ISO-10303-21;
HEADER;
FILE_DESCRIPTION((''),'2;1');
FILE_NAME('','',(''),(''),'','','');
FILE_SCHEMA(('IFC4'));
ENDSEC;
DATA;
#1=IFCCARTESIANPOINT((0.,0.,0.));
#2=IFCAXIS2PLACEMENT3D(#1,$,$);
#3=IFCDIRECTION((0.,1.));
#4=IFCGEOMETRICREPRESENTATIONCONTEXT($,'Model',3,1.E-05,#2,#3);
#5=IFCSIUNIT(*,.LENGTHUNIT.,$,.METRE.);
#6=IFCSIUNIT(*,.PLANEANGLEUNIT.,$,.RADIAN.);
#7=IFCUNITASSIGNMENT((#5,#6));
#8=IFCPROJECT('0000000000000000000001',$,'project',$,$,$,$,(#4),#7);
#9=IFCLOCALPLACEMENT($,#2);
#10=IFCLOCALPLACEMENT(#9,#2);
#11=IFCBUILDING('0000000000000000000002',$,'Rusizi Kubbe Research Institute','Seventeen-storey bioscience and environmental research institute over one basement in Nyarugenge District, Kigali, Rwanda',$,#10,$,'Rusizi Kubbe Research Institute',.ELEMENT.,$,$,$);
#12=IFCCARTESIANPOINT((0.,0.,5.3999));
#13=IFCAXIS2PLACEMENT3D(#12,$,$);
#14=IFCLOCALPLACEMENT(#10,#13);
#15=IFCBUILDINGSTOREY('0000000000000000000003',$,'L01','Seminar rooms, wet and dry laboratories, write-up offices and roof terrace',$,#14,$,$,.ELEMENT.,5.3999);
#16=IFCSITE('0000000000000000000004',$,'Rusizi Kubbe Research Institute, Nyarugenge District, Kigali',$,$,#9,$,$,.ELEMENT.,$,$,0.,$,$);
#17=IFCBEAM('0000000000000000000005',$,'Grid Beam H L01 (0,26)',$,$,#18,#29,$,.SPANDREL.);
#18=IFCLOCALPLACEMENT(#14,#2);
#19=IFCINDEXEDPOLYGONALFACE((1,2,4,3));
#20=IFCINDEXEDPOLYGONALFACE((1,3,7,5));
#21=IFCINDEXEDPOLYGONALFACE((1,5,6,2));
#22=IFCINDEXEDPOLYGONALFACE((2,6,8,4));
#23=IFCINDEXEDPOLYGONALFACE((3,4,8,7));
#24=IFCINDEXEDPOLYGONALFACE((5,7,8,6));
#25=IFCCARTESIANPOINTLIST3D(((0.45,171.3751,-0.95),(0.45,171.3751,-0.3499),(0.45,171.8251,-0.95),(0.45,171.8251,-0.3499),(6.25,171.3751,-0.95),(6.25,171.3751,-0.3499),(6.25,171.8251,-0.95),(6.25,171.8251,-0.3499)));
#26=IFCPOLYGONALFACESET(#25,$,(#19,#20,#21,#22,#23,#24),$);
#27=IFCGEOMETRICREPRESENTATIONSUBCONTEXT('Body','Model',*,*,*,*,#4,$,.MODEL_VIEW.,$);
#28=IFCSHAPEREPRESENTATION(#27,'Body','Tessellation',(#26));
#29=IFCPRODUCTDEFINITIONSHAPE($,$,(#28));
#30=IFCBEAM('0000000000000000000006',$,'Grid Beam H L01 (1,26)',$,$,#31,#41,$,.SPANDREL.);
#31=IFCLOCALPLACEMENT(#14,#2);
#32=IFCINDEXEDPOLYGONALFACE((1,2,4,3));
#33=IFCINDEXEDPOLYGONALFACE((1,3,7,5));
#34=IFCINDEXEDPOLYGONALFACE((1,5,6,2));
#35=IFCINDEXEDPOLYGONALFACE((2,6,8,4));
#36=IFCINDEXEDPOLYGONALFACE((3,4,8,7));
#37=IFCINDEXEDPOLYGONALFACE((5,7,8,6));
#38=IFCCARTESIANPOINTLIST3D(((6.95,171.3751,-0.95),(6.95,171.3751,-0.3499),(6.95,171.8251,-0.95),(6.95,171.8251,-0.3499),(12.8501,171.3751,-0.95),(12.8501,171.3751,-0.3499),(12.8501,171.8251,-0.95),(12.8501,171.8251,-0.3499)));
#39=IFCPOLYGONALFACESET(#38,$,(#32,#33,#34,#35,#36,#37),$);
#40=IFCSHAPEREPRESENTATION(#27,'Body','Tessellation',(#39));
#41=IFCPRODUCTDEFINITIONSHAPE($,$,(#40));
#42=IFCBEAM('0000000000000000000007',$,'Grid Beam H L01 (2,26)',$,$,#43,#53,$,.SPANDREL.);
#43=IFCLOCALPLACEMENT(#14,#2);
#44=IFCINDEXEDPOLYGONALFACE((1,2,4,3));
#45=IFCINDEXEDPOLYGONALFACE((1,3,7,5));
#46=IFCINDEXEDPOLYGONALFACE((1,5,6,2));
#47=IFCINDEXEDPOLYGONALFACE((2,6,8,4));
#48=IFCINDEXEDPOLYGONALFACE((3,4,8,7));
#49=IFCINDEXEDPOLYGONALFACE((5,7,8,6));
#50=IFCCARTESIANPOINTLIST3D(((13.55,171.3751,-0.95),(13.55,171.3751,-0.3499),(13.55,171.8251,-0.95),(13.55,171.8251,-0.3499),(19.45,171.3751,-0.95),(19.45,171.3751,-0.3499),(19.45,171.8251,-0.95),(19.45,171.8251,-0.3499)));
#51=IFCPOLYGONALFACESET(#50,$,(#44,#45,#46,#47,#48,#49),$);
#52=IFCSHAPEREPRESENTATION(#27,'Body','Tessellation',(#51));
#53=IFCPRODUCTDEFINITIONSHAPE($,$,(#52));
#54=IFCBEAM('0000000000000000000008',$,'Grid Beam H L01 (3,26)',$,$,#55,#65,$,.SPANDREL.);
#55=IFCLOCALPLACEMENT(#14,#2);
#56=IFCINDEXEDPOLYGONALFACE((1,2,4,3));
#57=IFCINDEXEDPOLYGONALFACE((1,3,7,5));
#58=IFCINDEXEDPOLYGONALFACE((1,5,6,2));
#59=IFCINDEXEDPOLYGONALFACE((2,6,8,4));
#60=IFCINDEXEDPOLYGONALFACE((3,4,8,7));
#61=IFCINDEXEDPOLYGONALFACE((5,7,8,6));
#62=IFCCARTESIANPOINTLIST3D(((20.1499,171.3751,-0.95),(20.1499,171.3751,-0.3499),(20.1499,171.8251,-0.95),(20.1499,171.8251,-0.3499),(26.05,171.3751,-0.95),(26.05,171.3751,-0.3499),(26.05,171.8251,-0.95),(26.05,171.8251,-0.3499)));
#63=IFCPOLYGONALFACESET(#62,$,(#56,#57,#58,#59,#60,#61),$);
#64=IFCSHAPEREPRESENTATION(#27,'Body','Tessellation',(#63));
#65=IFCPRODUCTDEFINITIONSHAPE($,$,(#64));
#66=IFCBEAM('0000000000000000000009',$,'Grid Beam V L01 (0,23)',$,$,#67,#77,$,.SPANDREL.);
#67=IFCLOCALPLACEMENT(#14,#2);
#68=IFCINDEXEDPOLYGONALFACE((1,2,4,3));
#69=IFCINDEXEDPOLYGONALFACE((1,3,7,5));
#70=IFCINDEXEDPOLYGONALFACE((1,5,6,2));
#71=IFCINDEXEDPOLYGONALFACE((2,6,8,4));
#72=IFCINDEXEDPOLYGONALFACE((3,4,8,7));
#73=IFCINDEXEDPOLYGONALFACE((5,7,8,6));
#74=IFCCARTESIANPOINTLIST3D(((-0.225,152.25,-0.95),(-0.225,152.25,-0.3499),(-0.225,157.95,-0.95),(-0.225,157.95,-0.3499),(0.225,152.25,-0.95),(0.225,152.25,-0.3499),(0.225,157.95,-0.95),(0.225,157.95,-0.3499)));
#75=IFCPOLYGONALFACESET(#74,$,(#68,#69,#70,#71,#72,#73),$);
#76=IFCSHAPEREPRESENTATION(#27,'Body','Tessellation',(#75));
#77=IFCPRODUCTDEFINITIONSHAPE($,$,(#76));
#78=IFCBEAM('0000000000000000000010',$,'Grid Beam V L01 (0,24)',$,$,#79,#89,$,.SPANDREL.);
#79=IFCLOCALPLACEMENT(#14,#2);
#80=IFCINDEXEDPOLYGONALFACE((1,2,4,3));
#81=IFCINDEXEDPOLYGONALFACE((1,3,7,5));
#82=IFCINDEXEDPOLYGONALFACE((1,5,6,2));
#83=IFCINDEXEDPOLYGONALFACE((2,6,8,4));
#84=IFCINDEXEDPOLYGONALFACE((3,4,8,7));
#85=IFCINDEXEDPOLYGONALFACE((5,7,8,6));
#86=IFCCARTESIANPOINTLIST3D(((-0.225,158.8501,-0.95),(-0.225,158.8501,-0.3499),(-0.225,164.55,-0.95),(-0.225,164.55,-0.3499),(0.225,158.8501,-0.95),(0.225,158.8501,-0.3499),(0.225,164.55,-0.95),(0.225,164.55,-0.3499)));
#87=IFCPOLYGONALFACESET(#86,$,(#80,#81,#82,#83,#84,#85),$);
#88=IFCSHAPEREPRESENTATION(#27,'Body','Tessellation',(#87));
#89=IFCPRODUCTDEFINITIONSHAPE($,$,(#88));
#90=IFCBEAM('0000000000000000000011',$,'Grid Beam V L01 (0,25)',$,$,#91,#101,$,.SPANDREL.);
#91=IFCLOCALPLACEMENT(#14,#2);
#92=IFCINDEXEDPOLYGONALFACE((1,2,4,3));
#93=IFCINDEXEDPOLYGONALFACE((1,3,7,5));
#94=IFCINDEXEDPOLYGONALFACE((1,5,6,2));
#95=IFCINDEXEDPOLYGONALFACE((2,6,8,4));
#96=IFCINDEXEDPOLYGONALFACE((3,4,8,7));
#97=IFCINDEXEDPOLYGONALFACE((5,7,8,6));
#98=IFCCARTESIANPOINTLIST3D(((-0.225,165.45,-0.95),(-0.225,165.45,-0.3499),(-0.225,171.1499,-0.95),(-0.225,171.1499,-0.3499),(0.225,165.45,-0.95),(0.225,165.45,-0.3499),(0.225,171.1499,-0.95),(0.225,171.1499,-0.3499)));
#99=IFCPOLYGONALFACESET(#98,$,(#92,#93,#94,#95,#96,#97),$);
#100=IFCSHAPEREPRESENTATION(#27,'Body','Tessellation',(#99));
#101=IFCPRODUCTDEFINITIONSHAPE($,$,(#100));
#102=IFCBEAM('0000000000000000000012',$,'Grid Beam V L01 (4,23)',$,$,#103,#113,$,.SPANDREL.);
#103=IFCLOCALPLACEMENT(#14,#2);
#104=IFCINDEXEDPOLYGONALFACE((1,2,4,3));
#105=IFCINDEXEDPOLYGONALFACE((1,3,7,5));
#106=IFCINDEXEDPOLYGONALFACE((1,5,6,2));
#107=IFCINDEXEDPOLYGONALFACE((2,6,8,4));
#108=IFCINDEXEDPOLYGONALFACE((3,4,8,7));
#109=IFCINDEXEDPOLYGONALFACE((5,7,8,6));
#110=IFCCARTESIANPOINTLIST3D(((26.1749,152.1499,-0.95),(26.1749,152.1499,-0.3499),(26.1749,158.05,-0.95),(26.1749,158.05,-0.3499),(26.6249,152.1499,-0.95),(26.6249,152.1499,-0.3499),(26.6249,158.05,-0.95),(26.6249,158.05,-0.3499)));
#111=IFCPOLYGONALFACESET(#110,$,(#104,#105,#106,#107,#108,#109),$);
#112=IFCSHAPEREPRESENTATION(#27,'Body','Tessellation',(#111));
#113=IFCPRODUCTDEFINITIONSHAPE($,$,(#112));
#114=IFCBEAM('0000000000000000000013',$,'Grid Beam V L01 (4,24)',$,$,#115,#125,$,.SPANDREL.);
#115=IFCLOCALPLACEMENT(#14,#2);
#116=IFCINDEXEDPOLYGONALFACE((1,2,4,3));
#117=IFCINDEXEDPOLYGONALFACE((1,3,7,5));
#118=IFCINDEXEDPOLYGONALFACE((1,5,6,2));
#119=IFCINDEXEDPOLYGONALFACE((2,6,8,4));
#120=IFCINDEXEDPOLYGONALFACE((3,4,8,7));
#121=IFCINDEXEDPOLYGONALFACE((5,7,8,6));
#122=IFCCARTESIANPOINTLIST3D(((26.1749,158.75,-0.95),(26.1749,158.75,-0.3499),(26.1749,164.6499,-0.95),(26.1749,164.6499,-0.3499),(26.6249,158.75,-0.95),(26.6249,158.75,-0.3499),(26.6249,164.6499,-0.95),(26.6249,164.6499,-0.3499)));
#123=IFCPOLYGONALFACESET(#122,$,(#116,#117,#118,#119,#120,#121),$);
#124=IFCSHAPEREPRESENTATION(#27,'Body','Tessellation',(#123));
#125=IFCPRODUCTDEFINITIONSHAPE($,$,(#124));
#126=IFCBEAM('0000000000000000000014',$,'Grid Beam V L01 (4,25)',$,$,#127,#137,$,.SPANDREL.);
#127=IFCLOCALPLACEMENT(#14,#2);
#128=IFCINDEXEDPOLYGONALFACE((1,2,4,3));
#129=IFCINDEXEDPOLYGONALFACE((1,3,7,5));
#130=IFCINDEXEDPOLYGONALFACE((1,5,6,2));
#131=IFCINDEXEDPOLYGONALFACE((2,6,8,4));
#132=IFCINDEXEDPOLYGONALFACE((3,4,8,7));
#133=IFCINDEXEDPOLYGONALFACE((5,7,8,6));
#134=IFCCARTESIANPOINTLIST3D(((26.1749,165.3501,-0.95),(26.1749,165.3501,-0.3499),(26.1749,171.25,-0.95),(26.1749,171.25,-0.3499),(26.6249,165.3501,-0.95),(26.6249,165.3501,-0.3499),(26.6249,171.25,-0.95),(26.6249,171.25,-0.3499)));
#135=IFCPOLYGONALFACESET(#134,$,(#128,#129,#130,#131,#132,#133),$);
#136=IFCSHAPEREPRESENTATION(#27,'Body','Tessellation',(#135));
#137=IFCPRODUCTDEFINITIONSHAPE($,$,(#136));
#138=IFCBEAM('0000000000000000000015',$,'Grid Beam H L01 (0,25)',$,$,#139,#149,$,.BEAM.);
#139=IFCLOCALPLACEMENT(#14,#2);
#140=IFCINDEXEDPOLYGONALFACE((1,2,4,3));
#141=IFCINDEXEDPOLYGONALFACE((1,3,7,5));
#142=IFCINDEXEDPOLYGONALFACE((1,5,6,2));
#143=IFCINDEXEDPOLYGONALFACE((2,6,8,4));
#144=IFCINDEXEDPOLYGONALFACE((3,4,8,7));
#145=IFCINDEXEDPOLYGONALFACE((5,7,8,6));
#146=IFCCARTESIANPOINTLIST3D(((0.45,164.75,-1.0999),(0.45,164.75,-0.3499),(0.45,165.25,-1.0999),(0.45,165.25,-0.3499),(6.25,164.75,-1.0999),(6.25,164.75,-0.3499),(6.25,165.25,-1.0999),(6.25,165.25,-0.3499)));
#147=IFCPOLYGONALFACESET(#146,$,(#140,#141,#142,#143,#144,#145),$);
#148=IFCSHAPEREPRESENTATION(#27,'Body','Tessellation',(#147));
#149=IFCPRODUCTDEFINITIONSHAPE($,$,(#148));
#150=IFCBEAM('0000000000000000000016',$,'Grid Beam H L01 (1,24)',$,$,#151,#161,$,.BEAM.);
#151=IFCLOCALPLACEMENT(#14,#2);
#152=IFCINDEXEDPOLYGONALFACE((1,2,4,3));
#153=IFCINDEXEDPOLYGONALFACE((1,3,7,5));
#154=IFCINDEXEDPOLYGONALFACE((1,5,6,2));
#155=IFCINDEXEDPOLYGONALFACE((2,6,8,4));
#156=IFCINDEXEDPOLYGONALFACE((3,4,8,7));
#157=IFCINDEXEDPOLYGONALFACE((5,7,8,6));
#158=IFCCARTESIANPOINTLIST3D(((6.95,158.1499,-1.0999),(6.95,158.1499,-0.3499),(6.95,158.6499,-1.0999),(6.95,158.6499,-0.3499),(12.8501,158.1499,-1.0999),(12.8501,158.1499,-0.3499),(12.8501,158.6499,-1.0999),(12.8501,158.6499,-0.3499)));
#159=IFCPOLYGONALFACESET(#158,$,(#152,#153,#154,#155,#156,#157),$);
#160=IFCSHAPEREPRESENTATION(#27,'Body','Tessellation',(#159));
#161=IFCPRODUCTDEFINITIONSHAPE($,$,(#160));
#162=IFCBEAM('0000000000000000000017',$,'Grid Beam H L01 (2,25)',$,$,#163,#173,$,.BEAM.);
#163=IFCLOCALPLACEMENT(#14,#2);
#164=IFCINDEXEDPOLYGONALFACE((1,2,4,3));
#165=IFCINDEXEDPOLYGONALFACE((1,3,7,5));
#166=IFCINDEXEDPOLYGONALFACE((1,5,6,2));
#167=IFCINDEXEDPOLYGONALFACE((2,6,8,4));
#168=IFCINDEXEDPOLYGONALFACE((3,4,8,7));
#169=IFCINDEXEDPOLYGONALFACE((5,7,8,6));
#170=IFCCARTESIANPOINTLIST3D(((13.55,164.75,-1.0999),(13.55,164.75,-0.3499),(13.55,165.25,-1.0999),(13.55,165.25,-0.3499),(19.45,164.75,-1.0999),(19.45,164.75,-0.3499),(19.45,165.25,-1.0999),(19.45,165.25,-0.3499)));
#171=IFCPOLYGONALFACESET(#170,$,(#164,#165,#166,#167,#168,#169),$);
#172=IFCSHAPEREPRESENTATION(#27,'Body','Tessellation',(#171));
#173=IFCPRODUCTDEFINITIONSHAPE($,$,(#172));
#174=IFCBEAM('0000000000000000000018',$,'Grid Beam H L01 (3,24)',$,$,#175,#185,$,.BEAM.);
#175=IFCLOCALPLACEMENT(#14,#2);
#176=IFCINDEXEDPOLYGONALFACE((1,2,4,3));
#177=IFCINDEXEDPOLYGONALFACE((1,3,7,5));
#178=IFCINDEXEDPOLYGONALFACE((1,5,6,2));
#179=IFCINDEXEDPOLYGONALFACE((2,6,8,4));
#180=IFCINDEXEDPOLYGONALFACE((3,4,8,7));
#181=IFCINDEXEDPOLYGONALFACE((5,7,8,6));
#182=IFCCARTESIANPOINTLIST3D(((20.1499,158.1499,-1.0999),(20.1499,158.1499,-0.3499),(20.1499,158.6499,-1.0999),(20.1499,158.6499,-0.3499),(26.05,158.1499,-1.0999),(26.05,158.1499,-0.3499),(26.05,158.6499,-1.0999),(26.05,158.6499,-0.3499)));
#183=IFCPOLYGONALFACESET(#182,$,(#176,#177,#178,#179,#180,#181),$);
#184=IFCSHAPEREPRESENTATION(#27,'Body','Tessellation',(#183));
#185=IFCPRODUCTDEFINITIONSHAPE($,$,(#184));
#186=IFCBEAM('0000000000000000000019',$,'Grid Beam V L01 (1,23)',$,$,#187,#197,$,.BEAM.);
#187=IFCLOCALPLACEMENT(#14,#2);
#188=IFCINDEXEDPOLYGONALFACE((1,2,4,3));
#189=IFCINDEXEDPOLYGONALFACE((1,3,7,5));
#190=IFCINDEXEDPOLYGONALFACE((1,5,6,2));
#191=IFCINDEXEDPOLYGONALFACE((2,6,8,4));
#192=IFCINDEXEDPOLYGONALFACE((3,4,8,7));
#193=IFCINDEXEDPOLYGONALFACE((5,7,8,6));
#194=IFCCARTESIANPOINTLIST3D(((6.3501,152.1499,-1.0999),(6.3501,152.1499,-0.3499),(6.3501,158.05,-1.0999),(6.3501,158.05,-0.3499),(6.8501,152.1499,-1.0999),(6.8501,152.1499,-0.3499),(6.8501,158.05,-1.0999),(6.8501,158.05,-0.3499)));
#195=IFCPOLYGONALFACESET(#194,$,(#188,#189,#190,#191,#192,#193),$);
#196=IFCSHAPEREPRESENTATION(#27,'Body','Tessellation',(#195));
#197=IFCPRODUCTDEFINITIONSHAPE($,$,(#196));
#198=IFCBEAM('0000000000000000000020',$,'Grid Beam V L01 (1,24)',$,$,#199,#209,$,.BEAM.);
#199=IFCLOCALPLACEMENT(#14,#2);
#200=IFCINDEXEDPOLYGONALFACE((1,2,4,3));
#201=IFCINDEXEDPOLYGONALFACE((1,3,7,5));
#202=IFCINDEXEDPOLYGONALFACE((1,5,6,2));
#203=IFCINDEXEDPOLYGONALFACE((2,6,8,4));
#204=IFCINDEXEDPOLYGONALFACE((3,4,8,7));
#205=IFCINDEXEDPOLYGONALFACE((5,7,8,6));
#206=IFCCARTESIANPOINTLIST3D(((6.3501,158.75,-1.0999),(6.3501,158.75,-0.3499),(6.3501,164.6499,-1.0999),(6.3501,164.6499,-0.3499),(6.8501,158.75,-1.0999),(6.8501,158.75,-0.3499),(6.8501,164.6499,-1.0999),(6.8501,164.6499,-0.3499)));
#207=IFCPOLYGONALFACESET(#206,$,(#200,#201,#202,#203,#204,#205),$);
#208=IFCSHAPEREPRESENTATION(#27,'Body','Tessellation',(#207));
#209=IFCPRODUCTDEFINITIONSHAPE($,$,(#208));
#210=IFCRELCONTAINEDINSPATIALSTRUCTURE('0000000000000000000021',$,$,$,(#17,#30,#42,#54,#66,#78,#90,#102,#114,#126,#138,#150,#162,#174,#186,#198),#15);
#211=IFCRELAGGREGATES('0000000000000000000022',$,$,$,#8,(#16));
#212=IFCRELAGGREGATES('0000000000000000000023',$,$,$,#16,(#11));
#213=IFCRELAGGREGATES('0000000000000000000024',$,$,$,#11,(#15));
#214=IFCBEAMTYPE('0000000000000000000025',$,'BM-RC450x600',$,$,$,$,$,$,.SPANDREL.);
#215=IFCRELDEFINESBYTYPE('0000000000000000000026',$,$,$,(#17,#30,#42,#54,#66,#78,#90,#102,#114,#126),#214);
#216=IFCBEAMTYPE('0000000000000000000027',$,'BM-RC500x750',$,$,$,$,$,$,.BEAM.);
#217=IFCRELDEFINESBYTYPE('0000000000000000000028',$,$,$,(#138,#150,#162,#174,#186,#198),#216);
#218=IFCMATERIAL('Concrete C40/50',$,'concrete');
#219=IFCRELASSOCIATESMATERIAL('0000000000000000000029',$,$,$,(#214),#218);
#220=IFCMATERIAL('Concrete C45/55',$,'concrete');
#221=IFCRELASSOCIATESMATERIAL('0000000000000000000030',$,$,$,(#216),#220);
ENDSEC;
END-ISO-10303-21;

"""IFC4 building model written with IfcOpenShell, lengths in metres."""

from ifc_helpers import new_model, si_unit, direction, frame, origin, origin_2d, place, context, subcontext, project, spatial, rectangle, extrude, material, material_profile, profile_set, type_object, element, save


model = new_model("IFC4")

# Units and contexts
model_context = context("Model", 3, precision=1e-05, world=origin(), true_north=direction((0.0, 1.0)))
body_context = subcontext(model_context, "Body", "Model", "MODEL_VIEW")
ifc_project = project(units=[si_unit("LENGTHUNIT", "METRE"), si_unit("PLANEANGLEUNIT", "RADIAN")], contexts=[model_context])

# Site, building, storey
site_placement = place(None, origin())
site = spatial("IfcSite", under=ifc_project, at=site_placement, Name="Rusizi Kubbe Research Institute, Nyarugenge District, Kigali", CompositionType="ELEMENT", RefElevation=0.0)
building_placement = place(site_placement, origin())
building = spatial("IfcBuilding", under=site, at=building_placement, Name="Rusizi Kubbe Research Institute", Description="Seventeen-storey bioscience and environmental research institute over one basement in Nyarugenge District, Kigali, Rwanda", LongName="Rusizi Kubbe Research Institute", CompositionType="ELEMENT")
storey_placement = place(building_placement, frame((0.0, 0.0, 5.3999)))
storey = spatial("IfcBuildingStorey", under=building, at=storey_placement, Name="L01", Description="Seminar rooms, wet and dry laboratories, write-up offices and roof terrace", CompositionType="ELEMENT", Elevation=5.3999)

# Beams
ifc_material_1 = material(Name="Concrete C40/50", Category="concrete")
ifc_material_profile_1 = material_profile(ifc_material_1, rectangle(XDim=0.45, YDim=0.6001, at=origin_2d()), Name="RC450x600")
ifc_profile_set_1 = profile_set([ifc_material_profile_1], Name="Concrete C40/50")
beam_type_1 = type_object("IfcBeamType", Name="BM-RC450x600", PredefinedType="SPANDREL", material=ifc_profile_set_1)
beam_1_placement = place(storey_placement, frame((0.45, 171.6001, -0.6499), z_axis=(1.0, 0.0, 0.0), x_axis=(0.0, 1.0, 0.0)))
element("IfcBeam", 1, at=beam_1_placement, inside=storey, type_object=beam_type_1, Name="Grid Beam H L01 (0,26)", PredefinedType="SPANDREL", context=body_context, shape_type="SweptSolid", body=[
    extrude(rectangle(XDim=0.45, YDim=0.6001, at=origin_2d()), origin(), (0.0, 0.0, 1.0), 5.8),
])
beam_2_placement = place(storey_placement, frame((6.95, 171.6001, -0.6499), z_axis=(1.0, 0.0, 0.0), x_axis=(0.0, 1.0, 0.0)))
element("IfcBeam", 2, at=beam_2_placement, inside=storey, type_object=beam_type_1, Name="Grid Beam H L01 (1,26)", PredefinedType="SPANDREL", context=body_context, shape_type="SweptSolid", body=[
    extrude(rectangle(XDim=0.45, YDim=0.6001, at=origin_2d()), origin(), (0.0, 0.0, 1.0), 5.9001),
])
beam_3_placement = place(storey_placement, frame((13.55, 171.6001, -0.6499), z_axis=(1.0, 0.0, 0.0), x_axis=(0.0, 1.0, 0.0)))
element("IfcBeam", 3, at=beam_3_placement, inside=storey, type_object=beam_type_1, Name="Grid Beam H L01 (2,26)", PredefinedType="SPANDREL", context=body_context, shape_type="SweptSolid", body=[
    extrude(rectangle(XDim=0.45, YDim=0.6001, at=origin_2d()), origin(), (0.0, 0.0, 1.0), 5.8999),
])
beam_4_placement = place(storey_placement, frame((20.1499, 171.6001, -0.6499), z_axis=(1.0, 0.0, 0.0), x_axis=(0.0, 1.0, 0.0)))
element("IfcBeam", 4, at=beam_4_placement, inside=storey, type_object=beam_type_1, Name="Grid Beam H L01 (3,26)", PredefinedType="SPANDREL", context=body_context, shape_type="SweptSolid", body=[
    extrude(rectangle(XDim=0.45, YDim=0.6001, at=origin_2d()), origin(), (0.0, 0.0, 1.0), 5.9001),
])
for number, where, z_axis, x_axis, name in (
    (5, (0.0, 152.25, -0.6499), (0.0, 1.0, 0.0), (-1.0, 0.0, 0.0), "Grid Beam V L01 (0,23)"),
    (6, (0.0, 158.8501, -0.6499), (0.0, 1.0, 0.0), (-1.0, 0.0, 0.0), "Grid Beam V L01 (0,24)"),
    (7, (0.0, 165.45, -0.6499), (0.0, 1.0, 0.0), (-1.0, 0.0, 0.0), "Grid Beam V L01 (0,25)"),
):
    element("IfcBeam", number, at=place(storey_placement, frame(where, z_axis=z_axis, x_axis=x_axis)), inside=storey, type_object=beam_type_1, Name=name, PredefinedType="SPANDREL", context=body_context, shape_type="SweptSolid", body=[
        extrude(rectangle(XDim=0.45, YDim=0.6001, at=origin_2d()), origin(), (0.0, 0.0, 1.0), 5.7),
    ])
beam_5_placement = place(storey_placement, frame((26.3999, 152.1499, -0.6499), z_axis=(0.0, 1.0, 0.0), x_axis=(-1.0, 0.0, 0.0)))
element("IfcBeam", 8, at=beam_5_placement, inside=storey, type_object=beam_type_1, Name="Grid Beam V L01 (4,23)", PredefinedType="SPANDREL", context=body_context, shape_type="SweptSolid", body=[
    extrude(rectangle(XDim=0.45, YDim=0.6001, at=origin_2d()), origin(), (0.0, 0.0, 1.0), 5.9001),
])
for number, where, z_axis, x_axis, name in (
    (9, (26.3999, 158.75, -0.6499), (0.0, 1.0, 0.0), (-1.0, 0.0, 0.0), "Grid Beam V L01 (4,24)"),
    (10, (26.3999, 165.3501, -0.6499), (0.0, 1.0, 0.0), (-1.0, 0.0, 0.0), "Grid Beam V L01 (4,25)"),
):
    element("IfcBeam", number, at=place(storey_placement, frame(where, z_axis=z_axis, x_axis=x_axis)), inside=storey, type_object=beam_type_1, Name=name, PredefinedType="SPANDREL", context=body_context, shape_type="SweptSolid", body=[
        extrude(rectangle(XDim=0.45, YDim=0.6001, at=origin_2d()), origin(), (0.0, 0.0, 1.0), 5.8999),
    ])
ifc_material_2 = material(Name="Concrete C45/55", Category="concrete")
ifc_material_profile_2 = material_profile(ifc_material_2, rectangle(XDim=0.5, YDim=0.75, at=origin_2d()), Name="RC500x750B")
ifc_profile_set_2 = profile_set([ifc_material_profile_2], Name="Concrete C45/55")
beam_type_2 = type_object("IfcBeamType", Name="BM-RC500x750", PredefinedType="BEAM", material=ifc_profile_set_2)
beam_6_placement = place(storey_placement, frame((0.45, 165.0, -0.7249), z_axis=(1.0, 0.0, 0.0), x_axis=(0.0, 1.0, 0.0)))
element("IfcBeam", 11, at=beam_6_placement, inside=storey, type_object=beam_type_2, Name="Grid Beam H L01 (0,25)", PredefinedType="BEAM", context=body_context, shape_type="SweptSolid", body=[
    extrude(rectangle(XDim=0.5, YDim=0.75, at=origin_2d()), origin(), (0.0, 0.0, 1.0), 5.8),
])
beam_7_placement = place(storey_placement, frame((6.95, 158.3999, -0.7249), z_axis=(1.0, 0.0, 0.0), x_axis=(0.0, 1.0, 0.0)))
element("IfcBeam", 12, at=beam_7_placement, inside=storey, type_object=beam_type_2, Name="Grid Beam H L01 (1,24)", PredefinedType="BEAM", context=body_context, shape_type="SweptSolid", body=[
    extrude(rectangle(XDim=0.5, YDim=0.75, at=origin_2d()), origin(), (0.0, 0.0, 1.0), 5.9001),
])
beam_8_placement = place(storey_placement, frame((13.55, 165.0, -0.7249), z_axis=(1.0, 0.0, 0.0), x_axis=(0.0, 1.0, 0.0)))
element("IfcBeam", 13, at=beam_8_placement, inside=storey, type_object=beam_type_2, Name="Grid Beam H L01 (2,25)", PredefinedType="BEAM", context=body_context, shape_type="SweptSolid", body=[
    extrude(rectangle(XDim=0.5, YDim=0.75, at=origin_2d()), origin(), (0.0, 0.0, 1.0), 5.8999),
])
for number, where, z_axis, x_axis, name in (
    (14, (20.1499, 158.3999, -0.7249), (1.0, 0.0, 0.0), (0.0, 1.0, 0.0), "Grid Beam H L01 (3,24)"),
    (15, (6.6001, 152.1499, -0.7249), (0.0, 1.0, 0.0), (-1.0, 0.0, 0.0), "Grid Beam V L01 (1,23)"),
):
    element("IfcBeam", number, at=place(storey_placement, frame(where, z_axis=z_axis, x_axis=x_axis)), inside=storey, type_object=beam_type_2, Name=name, PredefinedType="BEAM", context=body_context, shape_type="SweptSolid", body=[
        extrude(rectangle(XDim=0.5, YDim=0.75, at=origin_2d()), origin(), (0.0, 0.0, 1.0), 5.9001),
    ])
for number, where, z_axis, x_axis, name in (
    (16, (6.6001, 158.75, -0.7249), (0.0, 1.0, 0.0), (-1.0, 0.0, 0.0), "Grid Beam V L01 (1,24)"),
):
    element("IfcBeam", number, at=place(storey_placement, frame(where, z_axis=z_axis, x_axis=x_axis)), inside=storey, type_object=beam_type_2, Name=name, PredefinedType="BEAM", context=body_context, shape_type="SweptSolid", body=[
        extrude(rectangle(XDim=0.5, YDim=0.75, at=origin_2d()), origin(), (0.0, 0.0, 1.0), 5.8999),
    ])

save(model, "model.ifc")
